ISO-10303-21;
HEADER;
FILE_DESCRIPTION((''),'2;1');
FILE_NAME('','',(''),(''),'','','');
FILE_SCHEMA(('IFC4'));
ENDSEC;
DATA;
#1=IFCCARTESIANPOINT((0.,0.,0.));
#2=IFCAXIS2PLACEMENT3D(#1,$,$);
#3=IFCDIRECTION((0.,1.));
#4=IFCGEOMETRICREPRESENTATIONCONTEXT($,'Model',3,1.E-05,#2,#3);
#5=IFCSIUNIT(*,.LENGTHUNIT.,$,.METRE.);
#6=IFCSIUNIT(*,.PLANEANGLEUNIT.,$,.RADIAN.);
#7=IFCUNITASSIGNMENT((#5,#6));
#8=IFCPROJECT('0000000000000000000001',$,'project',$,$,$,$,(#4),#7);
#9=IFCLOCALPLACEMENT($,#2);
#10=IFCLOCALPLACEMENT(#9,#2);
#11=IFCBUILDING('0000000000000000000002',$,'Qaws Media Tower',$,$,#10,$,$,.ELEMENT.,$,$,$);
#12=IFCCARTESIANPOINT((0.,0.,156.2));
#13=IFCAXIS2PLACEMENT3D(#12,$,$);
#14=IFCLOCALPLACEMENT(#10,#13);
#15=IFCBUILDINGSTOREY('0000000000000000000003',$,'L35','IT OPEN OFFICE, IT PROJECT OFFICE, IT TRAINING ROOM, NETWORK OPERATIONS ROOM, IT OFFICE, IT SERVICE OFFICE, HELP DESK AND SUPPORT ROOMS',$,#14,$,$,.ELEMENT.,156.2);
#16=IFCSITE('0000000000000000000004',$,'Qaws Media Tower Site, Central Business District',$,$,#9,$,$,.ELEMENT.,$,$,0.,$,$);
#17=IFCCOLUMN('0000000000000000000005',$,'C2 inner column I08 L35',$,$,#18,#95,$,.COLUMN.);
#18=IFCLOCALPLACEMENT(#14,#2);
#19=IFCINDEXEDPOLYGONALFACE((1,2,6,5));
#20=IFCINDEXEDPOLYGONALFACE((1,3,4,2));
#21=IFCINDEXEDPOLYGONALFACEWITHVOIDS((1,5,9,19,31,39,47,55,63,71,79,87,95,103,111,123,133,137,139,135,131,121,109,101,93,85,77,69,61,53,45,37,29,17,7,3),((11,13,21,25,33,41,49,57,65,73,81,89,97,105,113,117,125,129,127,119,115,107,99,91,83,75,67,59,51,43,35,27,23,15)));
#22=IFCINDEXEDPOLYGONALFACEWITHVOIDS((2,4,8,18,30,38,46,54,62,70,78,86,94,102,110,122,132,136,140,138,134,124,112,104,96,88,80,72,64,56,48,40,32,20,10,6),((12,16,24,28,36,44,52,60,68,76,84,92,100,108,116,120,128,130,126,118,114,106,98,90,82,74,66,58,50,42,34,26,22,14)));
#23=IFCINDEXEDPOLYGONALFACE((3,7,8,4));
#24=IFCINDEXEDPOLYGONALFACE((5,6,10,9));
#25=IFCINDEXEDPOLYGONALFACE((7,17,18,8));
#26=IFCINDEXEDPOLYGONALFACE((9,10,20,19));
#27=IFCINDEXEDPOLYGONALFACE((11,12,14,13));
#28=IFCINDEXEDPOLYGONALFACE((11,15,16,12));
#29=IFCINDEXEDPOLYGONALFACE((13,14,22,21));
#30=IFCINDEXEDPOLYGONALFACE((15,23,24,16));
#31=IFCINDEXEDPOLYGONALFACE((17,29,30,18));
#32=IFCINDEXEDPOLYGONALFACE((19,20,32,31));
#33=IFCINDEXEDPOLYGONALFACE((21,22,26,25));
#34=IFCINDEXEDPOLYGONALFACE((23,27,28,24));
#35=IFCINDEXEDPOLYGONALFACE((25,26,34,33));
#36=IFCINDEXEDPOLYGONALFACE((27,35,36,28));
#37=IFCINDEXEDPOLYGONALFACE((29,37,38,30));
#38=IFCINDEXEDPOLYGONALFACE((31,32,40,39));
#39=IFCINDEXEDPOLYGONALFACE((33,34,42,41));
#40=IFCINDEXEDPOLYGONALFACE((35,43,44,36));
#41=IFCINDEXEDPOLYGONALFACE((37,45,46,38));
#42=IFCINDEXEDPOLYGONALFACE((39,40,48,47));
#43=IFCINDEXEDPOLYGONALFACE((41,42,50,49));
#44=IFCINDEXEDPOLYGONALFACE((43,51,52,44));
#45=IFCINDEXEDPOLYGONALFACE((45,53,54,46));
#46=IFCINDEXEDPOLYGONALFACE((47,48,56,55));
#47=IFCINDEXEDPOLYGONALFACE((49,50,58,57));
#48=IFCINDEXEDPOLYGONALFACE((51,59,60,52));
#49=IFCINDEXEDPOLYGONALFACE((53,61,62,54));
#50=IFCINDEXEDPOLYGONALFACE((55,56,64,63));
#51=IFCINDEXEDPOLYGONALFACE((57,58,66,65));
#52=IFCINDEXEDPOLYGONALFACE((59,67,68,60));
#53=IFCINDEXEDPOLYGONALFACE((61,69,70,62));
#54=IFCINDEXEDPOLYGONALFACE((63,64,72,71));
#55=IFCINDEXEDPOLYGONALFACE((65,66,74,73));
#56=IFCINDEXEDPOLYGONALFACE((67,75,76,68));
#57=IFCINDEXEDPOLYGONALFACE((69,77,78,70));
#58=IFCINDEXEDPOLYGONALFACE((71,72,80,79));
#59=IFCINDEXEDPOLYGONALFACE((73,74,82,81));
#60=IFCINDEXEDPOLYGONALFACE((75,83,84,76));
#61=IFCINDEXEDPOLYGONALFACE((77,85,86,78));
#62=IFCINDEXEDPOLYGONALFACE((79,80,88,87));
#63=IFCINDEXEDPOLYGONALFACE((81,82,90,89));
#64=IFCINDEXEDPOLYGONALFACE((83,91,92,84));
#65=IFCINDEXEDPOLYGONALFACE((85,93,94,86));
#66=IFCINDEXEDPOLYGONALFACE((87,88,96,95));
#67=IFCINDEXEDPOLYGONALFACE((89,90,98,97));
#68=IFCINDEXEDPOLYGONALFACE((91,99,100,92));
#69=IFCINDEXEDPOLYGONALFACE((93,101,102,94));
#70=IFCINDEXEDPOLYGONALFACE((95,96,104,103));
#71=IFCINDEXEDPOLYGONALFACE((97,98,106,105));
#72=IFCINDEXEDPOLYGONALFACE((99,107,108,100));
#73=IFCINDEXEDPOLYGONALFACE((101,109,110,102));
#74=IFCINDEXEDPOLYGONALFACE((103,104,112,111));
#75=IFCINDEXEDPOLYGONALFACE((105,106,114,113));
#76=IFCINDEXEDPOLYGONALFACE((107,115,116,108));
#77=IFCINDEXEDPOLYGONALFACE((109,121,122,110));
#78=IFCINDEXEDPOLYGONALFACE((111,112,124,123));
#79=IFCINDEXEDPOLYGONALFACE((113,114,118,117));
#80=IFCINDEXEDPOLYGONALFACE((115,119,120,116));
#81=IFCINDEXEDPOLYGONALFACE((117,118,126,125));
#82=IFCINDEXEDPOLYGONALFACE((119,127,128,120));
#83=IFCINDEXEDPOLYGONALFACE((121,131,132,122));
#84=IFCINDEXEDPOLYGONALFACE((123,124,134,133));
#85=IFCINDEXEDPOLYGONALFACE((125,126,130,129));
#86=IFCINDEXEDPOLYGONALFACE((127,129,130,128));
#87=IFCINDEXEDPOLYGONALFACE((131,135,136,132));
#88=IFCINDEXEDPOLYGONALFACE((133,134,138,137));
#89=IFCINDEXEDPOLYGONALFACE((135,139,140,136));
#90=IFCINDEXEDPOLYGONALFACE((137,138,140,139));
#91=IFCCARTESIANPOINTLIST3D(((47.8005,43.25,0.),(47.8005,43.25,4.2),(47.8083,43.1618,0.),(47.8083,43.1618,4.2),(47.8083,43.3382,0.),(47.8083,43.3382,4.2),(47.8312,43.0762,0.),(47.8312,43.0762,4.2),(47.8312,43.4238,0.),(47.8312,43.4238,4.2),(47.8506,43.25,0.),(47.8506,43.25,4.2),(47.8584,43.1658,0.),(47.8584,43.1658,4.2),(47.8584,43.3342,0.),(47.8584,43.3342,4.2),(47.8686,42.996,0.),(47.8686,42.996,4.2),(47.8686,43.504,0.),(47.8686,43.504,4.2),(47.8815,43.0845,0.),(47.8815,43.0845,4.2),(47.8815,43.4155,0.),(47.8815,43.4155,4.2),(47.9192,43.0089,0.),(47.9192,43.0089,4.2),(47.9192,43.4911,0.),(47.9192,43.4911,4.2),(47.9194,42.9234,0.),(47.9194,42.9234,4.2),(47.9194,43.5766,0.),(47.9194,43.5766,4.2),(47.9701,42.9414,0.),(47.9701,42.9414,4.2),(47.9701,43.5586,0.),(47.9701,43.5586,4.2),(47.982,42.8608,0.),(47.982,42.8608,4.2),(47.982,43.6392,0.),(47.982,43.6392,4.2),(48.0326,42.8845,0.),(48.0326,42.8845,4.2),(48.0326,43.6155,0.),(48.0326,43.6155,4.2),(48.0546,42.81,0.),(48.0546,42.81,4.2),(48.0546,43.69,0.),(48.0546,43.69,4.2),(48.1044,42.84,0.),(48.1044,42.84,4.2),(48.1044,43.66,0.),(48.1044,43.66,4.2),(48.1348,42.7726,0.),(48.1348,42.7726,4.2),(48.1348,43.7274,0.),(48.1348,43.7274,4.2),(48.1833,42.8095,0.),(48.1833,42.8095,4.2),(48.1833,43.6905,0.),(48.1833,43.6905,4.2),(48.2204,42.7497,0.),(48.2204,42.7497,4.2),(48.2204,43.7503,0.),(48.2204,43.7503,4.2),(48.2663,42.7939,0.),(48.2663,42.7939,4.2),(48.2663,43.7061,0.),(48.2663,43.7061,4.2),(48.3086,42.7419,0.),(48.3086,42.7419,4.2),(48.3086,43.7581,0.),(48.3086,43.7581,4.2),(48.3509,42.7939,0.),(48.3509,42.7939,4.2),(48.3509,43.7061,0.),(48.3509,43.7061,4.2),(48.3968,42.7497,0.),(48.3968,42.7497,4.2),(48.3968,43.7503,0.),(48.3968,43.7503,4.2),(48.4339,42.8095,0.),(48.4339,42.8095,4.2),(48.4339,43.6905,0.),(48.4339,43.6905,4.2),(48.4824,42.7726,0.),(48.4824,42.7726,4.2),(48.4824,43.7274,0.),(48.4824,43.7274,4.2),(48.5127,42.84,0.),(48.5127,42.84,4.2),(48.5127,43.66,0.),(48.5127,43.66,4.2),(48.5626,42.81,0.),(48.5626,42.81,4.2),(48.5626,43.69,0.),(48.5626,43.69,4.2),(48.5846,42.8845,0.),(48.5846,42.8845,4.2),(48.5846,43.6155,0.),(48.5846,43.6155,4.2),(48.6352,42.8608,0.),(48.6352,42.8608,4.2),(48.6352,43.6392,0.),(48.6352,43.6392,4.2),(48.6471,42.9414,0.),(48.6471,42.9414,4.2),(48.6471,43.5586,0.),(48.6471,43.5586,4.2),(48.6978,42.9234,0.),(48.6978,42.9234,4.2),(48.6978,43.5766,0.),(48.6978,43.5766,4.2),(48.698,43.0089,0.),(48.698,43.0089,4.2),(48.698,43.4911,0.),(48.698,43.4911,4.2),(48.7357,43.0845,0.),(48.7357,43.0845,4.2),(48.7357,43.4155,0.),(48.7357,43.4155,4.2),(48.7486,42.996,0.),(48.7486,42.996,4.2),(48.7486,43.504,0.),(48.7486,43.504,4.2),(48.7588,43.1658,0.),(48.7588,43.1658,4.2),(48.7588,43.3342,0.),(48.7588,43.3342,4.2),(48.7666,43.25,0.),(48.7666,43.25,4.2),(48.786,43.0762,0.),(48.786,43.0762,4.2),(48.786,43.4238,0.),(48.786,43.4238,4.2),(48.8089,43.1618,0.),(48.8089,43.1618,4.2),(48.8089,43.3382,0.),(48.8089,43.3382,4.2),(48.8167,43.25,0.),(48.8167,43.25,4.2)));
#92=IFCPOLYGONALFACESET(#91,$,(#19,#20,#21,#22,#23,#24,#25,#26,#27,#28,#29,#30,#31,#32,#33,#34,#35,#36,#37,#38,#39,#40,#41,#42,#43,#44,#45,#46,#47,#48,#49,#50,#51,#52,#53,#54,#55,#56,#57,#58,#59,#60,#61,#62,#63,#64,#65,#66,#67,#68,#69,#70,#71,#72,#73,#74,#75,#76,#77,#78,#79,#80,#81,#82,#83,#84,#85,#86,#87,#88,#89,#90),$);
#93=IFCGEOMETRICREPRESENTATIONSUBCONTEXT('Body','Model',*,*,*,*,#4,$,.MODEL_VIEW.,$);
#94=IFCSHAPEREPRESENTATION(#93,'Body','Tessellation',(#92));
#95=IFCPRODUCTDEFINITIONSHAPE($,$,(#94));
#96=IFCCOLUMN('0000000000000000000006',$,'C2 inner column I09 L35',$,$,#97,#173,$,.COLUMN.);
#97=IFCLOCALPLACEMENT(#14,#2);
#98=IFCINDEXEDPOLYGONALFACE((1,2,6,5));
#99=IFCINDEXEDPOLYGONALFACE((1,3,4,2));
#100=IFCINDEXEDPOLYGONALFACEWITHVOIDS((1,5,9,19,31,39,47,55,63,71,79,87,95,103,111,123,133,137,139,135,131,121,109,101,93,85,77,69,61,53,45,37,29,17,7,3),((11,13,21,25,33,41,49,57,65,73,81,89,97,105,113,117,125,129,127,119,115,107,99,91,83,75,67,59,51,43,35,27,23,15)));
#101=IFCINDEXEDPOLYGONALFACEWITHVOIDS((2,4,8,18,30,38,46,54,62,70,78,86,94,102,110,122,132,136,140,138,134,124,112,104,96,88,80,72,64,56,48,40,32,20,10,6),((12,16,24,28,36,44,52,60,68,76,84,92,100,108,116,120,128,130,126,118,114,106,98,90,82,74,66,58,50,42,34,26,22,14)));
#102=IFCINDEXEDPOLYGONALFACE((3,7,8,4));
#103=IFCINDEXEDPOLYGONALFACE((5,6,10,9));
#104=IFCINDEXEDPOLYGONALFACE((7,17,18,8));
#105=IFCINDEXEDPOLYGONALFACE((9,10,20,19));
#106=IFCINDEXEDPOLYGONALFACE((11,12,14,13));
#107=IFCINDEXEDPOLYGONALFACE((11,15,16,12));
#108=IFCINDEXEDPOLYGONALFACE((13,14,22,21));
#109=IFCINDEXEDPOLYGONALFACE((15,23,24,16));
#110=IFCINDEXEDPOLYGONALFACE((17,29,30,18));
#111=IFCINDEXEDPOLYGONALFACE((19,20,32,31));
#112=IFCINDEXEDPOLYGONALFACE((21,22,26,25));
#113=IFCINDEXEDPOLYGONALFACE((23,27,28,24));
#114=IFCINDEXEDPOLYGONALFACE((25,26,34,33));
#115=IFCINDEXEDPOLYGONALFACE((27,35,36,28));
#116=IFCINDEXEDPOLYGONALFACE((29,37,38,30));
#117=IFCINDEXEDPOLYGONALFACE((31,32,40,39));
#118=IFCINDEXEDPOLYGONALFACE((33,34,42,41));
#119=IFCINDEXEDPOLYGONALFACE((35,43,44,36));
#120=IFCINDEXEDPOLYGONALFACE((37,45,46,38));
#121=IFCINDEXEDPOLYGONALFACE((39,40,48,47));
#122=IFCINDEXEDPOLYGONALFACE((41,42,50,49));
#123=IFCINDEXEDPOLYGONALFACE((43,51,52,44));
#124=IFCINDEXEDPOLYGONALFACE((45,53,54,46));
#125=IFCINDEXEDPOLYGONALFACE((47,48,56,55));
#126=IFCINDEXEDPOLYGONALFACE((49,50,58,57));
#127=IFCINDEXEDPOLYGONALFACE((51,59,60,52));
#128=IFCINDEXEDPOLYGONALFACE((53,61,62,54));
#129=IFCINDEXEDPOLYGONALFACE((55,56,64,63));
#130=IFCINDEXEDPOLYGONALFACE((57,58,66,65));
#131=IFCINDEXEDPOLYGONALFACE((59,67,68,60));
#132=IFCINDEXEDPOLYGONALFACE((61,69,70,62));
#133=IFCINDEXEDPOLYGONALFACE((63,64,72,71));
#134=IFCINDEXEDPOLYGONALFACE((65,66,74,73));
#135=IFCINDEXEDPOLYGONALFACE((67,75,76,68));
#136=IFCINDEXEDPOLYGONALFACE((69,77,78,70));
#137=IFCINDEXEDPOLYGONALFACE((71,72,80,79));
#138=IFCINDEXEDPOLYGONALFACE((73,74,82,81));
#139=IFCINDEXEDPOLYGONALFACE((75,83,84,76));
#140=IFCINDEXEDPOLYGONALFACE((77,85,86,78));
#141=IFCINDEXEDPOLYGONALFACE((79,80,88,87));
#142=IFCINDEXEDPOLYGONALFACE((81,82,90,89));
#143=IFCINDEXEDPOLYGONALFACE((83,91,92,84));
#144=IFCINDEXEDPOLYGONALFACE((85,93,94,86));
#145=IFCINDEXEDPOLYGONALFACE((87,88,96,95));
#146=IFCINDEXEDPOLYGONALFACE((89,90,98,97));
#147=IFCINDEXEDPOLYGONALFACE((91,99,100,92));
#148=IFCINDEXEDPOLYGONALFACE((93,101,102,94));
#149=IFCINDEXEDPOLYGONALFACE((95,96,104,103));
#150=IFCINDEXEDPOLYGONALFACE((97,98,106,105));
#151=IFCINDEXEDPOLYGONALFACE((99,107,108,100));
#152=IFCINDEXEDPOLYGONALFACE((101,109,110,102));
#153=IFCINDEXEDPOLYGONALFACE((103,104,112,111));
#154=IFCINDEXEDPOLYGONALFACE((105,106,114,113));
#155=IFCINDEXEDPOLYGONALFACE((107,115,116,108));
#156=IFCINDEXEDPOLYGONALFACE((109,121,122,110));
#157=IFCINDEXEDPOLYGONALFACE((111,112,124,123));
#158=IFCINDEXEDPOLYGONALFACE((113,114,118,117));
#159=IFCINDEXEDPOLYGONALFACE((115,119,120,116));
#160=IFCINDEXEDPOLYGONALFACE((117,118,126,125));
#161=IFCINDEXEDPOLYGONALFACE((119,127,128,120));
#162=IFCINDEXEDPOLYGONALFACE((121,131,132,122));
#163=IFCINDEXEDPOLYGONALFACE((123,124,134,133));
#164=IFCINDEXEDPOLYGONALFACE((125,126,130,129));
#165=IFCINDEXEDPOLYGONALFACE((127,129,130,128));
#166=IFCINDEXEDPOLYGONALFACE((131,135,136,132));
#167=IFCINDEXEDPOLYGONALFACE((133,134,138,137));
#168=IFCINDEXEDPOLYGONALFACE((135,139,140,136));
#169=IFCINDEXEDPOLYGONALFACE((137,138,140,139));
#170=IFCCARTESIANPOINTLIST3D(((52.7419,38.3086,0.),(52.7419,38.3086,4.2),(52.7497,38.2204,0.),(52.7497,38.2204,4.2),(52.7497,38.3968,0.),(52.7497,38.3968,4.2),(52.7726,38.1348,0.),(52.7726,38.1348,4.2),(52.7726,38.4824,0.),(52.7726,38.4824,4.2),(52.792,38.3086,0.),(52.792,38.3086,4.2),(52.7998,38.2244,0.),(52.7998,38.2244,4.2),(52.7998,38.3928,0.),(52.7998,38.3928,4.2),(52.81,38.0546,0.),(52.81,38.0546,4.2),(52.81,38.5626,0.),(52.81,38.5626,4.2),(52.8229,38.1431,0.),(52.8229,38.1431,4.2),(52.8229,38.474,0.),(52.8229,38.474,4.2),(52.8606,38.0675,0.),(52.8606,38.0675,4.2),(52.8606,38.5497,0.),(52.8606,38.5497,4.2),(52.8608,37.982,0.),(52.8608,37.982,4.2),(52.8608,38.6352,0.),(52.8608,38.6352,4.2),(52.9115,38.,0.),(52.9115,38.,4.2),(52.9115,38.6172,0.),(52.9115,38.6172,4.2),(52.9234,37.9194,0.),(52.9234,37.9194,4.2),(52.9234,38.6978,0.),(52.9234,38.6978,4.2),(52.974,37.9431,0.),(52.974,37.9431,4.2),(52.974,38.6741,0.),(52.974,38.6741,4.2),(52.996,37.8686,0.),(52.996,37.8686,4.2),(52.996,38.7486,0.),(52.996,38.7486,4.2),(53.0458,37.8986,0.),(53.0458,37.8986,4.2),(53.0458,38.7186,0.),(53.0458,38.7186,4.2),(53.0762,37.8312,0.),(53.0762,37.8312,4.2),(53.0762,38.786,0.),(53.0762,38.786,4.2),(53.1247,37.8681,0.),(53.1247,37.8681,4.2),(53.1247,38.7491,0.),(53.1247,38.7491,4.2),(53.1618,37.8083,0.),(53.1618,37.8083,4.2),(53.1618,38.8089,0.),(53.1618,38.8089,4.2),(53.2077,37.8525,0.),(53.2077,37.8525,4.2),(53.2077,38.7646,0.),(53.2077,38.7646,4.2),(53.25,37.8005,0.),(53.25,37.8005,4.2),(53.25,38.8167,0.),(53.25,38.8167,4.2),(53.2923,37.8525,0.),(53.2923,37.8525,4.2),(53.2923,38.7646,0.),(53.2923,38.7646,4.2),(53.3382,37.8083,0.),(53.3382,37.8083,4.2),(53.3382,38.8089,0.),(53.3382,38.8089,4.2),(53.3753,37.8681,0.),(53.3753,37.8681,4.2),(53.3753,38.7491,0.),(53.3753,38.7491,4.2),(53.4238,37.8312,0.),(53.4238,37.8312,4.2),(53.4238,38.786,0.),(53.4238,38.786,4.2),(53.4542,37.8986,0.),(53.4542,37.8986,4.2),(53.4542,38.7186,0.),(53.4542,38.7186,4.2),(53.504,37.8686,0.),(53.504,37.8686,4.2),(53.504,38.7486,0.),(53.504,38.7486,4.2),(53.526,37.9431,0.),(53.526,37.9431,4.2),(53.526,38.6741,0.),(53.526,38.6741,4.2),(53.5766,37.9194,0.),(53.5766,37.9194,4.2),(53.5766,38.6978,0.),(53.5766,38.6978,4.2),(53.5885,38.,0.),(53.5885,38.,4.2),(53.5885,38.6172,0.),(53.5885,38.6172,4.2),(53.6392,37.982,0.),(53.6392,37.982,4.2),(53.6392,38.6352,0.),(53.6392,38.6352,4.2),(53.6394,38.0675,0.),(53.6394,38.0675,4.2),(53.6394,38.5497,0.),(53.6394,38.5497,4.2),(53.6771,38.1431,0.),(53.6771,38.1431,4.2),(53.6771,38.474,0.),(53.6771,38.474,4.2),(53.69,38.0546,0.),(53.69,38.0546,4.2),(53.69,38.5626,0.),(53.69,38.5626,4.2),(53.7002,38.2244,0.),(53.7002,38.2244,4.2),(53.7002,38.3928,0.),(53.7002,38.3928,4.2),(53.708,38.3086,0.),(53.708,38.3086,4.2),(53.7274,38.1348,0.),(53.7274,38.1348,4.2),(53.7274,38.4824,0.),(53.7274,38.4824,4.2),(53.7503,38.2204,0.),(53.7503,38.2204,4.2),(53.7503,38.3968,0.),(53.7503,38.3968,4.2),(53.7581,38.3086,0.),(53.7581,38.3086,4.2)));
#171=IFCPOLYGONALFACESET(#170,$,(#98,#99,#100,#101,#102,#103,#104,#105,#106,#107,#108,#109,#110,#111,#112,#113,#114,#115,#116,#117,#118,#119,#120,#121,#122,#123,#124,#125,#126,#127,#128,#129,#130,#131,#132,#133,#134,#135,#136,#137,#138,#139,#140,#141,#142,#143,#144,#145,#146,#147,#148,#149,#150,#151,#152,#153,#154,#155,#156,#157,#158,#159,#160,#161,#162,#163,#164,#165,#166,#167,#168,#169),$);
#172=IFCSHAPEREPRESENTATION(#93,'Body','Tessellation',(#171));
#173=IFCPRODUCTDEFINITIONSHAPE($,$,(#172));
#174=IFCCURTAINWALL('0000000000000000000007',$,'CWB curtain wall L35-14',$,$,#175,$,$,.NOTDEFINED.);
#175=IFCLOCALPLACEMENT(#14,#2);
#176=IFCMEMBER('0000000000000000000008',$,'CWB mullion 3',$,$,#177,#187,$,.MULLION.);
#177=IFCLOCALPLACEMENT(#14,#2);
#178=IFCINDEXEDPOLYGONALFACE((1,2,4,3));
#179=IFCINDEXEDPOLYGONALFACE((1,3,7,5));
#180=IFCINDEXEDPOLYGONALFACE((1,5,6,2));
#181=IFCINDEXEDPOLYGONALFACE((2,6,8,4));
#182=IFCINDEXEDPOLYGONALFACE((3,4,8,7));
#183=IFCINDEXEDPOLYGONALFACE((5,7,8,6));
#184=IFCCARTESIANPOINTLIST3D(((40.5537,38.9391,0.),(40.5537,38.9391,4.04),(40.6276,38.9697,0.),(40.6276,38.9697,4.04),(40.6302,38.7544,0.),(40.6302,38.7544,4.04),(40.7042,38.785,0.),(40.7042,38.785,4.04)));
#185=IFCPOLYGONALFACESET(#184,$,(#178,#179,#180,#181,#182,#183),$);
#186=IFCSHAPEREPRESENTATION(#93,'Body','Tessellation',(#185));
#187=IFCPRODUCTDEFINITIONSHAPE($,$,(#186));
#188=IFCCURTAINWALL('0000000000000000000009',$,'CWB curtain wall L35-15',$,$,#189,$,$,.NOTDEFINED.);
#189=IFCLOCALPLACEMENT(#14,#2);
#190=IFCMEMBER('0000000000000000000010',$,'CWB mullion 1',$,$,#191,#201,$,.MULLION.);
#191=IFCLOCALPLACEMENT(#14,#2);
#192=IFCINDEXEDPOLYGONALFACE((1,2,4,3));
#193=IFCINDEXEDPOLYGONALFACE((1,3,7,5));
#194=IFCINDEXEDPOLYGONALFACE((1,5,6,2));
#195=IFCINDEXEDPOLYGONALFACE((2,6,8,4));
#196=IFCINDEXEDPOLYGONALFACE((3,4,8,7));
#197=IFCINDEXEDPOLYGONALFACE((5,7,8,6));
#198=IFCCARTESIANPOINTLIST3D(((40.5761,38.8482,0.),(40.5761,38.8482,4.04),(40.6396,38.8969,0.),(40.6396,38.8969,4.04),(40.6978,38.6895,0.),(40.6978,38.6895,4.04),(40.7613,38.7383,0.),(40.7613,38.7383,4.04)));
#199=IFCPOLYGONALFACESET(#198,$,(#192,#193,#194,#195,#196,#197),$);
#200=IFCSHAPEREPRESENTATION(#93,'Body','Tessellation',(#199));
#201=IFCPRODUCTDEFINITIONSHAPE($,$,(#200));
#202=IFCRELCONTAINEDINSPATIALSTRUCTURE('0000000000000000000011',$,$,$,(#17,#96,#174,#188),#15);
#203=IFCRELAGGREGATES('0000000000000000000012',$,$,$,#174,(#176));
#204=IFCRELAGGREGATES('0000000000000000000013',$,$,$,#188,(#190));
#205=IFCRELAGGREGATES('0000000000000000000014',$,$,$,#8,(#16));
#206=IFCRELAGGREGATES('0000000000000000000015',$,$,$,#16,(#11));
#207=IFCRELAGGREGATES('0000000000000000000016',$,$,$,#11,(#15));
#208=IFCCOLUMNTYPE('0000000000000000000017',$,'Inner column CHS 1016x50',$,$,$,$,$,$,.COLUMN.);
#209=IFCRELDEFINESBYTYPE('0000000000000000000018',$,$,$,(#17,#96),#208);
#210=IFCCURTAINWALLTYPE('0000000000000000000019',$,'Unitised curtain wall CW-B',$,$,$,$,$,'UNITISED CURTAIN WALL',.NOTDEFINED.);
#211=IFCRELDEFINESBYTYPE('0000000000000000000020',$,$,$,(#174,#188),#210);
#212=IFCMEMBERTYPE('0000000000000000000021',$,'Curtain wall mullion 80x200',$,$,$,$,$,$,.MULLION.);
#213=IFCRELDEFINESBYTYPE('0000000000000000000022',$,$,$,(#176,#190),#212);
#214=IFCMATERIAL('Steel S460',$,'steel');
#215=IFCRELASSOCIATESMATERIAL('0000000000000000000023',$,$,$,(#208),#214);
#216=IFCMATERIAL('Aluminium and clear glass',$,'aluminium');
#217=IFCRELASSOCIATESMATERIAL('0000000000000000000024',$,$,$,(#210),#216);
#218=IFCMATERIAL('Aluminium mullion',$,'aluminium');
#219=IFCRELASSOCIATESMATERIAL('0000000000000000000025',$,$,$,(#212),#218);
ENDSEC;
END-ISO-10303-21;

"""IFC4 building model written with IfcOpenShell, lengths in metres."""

from ifc_helpers import new_model, si_unit, direction, frame, origin, origin_2d, place, context, subcontext, project, spatial, rectangle, hollow_circle, extrude, material, material_profile, profile_set, type_object, element, aggregate, save


model = new_model("IFC4")

# Units and contexts
model_context = context("Model", 3, precision=1e-05, world=origin(), true_north=direction((0.0, 1.0)))
body_context = subcontext(model_context, "Body", "Model", "MODEL_VIEW")
ifc_project = project(units=[si_unit("LENGTHUNIT", "METRE"), si_unit("PLANEANGLEUNIT", "RADIAN")], contexts=[model_context])

# Site, building, storey
site_placement = place(None, origin())
site = spatial("IfcSite", under=ifc_project, at=site_placement, Name="Qaws Media Tower Site, Central Business District", CompositionType="ELEMENT", RefElevation=0.0)
building_placement = place(site_placement, origin())
building = spatial("IfcBuilding", under=site, at=building_placement, Name="Qaws Media Tower", CompositionType="ELEMENT")
storey_placement = place(building_placement, frame((0.0, 0.0, 156.2)))
storey = spatial("IfcBuildingStorey", under=building, at=storey_placement, Name="L35", Description="IT OPEN OFFICE, IT PROJECT OFFICE, IT TRAINING ROOM, NETWORK OPERATIONS ROOM, IT OFFICE, IT SERVICE OFFICE, HELP DESK AND SUPPORT ROOMS", CompositionType="ELEMENT", Elevation=156.2)

# Columns
ifc_material_1 = material(Name="Steel S460", Category="steel")
ifc_material_profile_1 = material_profile(ifc_material_1, hollow_circle(Radius=0.5081, WallThickness=0.05, at=origin_2d()), Name="CHS 1016x50")
ifc_profile_set_1 = profile_set([ifc_material_profile_1], Name="Steel S460")
column_type = type_object("IfcColumnType", Name="Inner column CHS 1016x50", PredefinedType="COLUMN", material=ifc_profile_set_1)
for number, where, z_axis, x_axis, name in (
    (1, (48.3086, 43.25, 0.0), (0.0, 0.0, 1.0), (1.0, 0.0, 0.0), "C2 inner column I08 L35"),
    (2, (53.25, 38.3086, 0.0), (0.0, 0.0, 1.0), (1.0, 0.0, 0.0), "C2 inner column I09 L35"),
):
    element("IfcColumn", number, at=place(storey_placement, frame(where, z_axis=z_axis, x_axis=x_axis)), inside=storey, type_object=column_type, Name=name, PredefinedType="COLUMN", context=body_context, shape_type="SweptSolid", body=[
        extrude(hollow_circle(Radius=0.5081, WallThickness=0.05, at=origin_2d()), origin(), (0.0, 0.0, 1.0), 4.2),
    ])

# Curtain wall, member
ifc_material_2 = material(Name="Aluminium and clear glass", Category="aluminium")
curtain_wall_type = type_object("IfcCurtainWallType", Name="Unitised curtain wall CW-B", ElementType="UNITISED CURTAIN WALL", PredefinedType="NOTDEFINED", material=ifc_material_2)
curtain_wall_1_placement = place(storey_placement, origin())
curtain_wall_1 = element("IfcCurtainWall", 3, at=curtain_wall_1_placement, inside=storey, type_object=curtain_wall_type, Name="CWB curtain wall L35-14", PredefinedType="NOTDEFINED")
ifc_material_3 = material(Name="Aluminium mullion", Category="aluminium")
ifc_material_profile_2 = material_profile(ifc_material_3, rectangle(XDim=0.0801, YDim=0.2, at=origin_2d()), Name="80x200")
ifc_profile_set_2 = profile_set([ifc_material_profile_2], Name="Aluminium mullion")
member_type_1 = type_object("IfcMemberType", Name="Curtain wall mullion 80x200", PredefinedType="MULLION", material=ifc_profile_set_2)
member_1_placement = place(storey_placement, frame((40.6289, 38.8621, 0.0), z_axis=(0.0, 0.0, 1.0), x_axis=(0.92388, 0.382683, 0.0)))
member_1 = element("IfcMember", 4, at=member_1_placement, type_object=member_type_1, Name="CWB mullion 3", PredefinedType="MULLION", context=body_context, shape_type="SweptSolid", body=[
    extrude(rectangle(XDim=0.0801, YDim=0.2, at=origin_2d()), origin(), (0.0, 0.0, 1.0), 4.04),
])

# Curtain wall, member
curtain_wall_2_placement = place(storey_placement, origin())
curtain_wall_2 = element("IfcCurtainWall", 5, at=curtain_wall_2_placement, inside=storey, type_object=curtain_wall_type, Name="CWB curtain wall L35-15", PredefinedType="NOTDEFINED")
member_2_placement = place(storey_placement, frame((40.6687, 38.7932, 0.0), z_axis=(0.0, 0.0, 1.0), x_axis=(0.793353, 0.608761, 0.0)))
member_2 = element("IfcMember", 6, at=member_2_placement, type_object=member_type_1, Name="CWB mullion 1", PredefinedType="MULLION", context=body_context, shape_type="SweptSolid", body=[
    extrude(rectangle(XDim=0.0801, YDim=0.2, at=origin_2d()), origin(), (0.0, 0.0, 1.0), 4.04),
])

aggregate(curtain_wall_1, [member_1])
aggregate(curtain_wall_2, [member_2])

save(model, "model.ifc")
